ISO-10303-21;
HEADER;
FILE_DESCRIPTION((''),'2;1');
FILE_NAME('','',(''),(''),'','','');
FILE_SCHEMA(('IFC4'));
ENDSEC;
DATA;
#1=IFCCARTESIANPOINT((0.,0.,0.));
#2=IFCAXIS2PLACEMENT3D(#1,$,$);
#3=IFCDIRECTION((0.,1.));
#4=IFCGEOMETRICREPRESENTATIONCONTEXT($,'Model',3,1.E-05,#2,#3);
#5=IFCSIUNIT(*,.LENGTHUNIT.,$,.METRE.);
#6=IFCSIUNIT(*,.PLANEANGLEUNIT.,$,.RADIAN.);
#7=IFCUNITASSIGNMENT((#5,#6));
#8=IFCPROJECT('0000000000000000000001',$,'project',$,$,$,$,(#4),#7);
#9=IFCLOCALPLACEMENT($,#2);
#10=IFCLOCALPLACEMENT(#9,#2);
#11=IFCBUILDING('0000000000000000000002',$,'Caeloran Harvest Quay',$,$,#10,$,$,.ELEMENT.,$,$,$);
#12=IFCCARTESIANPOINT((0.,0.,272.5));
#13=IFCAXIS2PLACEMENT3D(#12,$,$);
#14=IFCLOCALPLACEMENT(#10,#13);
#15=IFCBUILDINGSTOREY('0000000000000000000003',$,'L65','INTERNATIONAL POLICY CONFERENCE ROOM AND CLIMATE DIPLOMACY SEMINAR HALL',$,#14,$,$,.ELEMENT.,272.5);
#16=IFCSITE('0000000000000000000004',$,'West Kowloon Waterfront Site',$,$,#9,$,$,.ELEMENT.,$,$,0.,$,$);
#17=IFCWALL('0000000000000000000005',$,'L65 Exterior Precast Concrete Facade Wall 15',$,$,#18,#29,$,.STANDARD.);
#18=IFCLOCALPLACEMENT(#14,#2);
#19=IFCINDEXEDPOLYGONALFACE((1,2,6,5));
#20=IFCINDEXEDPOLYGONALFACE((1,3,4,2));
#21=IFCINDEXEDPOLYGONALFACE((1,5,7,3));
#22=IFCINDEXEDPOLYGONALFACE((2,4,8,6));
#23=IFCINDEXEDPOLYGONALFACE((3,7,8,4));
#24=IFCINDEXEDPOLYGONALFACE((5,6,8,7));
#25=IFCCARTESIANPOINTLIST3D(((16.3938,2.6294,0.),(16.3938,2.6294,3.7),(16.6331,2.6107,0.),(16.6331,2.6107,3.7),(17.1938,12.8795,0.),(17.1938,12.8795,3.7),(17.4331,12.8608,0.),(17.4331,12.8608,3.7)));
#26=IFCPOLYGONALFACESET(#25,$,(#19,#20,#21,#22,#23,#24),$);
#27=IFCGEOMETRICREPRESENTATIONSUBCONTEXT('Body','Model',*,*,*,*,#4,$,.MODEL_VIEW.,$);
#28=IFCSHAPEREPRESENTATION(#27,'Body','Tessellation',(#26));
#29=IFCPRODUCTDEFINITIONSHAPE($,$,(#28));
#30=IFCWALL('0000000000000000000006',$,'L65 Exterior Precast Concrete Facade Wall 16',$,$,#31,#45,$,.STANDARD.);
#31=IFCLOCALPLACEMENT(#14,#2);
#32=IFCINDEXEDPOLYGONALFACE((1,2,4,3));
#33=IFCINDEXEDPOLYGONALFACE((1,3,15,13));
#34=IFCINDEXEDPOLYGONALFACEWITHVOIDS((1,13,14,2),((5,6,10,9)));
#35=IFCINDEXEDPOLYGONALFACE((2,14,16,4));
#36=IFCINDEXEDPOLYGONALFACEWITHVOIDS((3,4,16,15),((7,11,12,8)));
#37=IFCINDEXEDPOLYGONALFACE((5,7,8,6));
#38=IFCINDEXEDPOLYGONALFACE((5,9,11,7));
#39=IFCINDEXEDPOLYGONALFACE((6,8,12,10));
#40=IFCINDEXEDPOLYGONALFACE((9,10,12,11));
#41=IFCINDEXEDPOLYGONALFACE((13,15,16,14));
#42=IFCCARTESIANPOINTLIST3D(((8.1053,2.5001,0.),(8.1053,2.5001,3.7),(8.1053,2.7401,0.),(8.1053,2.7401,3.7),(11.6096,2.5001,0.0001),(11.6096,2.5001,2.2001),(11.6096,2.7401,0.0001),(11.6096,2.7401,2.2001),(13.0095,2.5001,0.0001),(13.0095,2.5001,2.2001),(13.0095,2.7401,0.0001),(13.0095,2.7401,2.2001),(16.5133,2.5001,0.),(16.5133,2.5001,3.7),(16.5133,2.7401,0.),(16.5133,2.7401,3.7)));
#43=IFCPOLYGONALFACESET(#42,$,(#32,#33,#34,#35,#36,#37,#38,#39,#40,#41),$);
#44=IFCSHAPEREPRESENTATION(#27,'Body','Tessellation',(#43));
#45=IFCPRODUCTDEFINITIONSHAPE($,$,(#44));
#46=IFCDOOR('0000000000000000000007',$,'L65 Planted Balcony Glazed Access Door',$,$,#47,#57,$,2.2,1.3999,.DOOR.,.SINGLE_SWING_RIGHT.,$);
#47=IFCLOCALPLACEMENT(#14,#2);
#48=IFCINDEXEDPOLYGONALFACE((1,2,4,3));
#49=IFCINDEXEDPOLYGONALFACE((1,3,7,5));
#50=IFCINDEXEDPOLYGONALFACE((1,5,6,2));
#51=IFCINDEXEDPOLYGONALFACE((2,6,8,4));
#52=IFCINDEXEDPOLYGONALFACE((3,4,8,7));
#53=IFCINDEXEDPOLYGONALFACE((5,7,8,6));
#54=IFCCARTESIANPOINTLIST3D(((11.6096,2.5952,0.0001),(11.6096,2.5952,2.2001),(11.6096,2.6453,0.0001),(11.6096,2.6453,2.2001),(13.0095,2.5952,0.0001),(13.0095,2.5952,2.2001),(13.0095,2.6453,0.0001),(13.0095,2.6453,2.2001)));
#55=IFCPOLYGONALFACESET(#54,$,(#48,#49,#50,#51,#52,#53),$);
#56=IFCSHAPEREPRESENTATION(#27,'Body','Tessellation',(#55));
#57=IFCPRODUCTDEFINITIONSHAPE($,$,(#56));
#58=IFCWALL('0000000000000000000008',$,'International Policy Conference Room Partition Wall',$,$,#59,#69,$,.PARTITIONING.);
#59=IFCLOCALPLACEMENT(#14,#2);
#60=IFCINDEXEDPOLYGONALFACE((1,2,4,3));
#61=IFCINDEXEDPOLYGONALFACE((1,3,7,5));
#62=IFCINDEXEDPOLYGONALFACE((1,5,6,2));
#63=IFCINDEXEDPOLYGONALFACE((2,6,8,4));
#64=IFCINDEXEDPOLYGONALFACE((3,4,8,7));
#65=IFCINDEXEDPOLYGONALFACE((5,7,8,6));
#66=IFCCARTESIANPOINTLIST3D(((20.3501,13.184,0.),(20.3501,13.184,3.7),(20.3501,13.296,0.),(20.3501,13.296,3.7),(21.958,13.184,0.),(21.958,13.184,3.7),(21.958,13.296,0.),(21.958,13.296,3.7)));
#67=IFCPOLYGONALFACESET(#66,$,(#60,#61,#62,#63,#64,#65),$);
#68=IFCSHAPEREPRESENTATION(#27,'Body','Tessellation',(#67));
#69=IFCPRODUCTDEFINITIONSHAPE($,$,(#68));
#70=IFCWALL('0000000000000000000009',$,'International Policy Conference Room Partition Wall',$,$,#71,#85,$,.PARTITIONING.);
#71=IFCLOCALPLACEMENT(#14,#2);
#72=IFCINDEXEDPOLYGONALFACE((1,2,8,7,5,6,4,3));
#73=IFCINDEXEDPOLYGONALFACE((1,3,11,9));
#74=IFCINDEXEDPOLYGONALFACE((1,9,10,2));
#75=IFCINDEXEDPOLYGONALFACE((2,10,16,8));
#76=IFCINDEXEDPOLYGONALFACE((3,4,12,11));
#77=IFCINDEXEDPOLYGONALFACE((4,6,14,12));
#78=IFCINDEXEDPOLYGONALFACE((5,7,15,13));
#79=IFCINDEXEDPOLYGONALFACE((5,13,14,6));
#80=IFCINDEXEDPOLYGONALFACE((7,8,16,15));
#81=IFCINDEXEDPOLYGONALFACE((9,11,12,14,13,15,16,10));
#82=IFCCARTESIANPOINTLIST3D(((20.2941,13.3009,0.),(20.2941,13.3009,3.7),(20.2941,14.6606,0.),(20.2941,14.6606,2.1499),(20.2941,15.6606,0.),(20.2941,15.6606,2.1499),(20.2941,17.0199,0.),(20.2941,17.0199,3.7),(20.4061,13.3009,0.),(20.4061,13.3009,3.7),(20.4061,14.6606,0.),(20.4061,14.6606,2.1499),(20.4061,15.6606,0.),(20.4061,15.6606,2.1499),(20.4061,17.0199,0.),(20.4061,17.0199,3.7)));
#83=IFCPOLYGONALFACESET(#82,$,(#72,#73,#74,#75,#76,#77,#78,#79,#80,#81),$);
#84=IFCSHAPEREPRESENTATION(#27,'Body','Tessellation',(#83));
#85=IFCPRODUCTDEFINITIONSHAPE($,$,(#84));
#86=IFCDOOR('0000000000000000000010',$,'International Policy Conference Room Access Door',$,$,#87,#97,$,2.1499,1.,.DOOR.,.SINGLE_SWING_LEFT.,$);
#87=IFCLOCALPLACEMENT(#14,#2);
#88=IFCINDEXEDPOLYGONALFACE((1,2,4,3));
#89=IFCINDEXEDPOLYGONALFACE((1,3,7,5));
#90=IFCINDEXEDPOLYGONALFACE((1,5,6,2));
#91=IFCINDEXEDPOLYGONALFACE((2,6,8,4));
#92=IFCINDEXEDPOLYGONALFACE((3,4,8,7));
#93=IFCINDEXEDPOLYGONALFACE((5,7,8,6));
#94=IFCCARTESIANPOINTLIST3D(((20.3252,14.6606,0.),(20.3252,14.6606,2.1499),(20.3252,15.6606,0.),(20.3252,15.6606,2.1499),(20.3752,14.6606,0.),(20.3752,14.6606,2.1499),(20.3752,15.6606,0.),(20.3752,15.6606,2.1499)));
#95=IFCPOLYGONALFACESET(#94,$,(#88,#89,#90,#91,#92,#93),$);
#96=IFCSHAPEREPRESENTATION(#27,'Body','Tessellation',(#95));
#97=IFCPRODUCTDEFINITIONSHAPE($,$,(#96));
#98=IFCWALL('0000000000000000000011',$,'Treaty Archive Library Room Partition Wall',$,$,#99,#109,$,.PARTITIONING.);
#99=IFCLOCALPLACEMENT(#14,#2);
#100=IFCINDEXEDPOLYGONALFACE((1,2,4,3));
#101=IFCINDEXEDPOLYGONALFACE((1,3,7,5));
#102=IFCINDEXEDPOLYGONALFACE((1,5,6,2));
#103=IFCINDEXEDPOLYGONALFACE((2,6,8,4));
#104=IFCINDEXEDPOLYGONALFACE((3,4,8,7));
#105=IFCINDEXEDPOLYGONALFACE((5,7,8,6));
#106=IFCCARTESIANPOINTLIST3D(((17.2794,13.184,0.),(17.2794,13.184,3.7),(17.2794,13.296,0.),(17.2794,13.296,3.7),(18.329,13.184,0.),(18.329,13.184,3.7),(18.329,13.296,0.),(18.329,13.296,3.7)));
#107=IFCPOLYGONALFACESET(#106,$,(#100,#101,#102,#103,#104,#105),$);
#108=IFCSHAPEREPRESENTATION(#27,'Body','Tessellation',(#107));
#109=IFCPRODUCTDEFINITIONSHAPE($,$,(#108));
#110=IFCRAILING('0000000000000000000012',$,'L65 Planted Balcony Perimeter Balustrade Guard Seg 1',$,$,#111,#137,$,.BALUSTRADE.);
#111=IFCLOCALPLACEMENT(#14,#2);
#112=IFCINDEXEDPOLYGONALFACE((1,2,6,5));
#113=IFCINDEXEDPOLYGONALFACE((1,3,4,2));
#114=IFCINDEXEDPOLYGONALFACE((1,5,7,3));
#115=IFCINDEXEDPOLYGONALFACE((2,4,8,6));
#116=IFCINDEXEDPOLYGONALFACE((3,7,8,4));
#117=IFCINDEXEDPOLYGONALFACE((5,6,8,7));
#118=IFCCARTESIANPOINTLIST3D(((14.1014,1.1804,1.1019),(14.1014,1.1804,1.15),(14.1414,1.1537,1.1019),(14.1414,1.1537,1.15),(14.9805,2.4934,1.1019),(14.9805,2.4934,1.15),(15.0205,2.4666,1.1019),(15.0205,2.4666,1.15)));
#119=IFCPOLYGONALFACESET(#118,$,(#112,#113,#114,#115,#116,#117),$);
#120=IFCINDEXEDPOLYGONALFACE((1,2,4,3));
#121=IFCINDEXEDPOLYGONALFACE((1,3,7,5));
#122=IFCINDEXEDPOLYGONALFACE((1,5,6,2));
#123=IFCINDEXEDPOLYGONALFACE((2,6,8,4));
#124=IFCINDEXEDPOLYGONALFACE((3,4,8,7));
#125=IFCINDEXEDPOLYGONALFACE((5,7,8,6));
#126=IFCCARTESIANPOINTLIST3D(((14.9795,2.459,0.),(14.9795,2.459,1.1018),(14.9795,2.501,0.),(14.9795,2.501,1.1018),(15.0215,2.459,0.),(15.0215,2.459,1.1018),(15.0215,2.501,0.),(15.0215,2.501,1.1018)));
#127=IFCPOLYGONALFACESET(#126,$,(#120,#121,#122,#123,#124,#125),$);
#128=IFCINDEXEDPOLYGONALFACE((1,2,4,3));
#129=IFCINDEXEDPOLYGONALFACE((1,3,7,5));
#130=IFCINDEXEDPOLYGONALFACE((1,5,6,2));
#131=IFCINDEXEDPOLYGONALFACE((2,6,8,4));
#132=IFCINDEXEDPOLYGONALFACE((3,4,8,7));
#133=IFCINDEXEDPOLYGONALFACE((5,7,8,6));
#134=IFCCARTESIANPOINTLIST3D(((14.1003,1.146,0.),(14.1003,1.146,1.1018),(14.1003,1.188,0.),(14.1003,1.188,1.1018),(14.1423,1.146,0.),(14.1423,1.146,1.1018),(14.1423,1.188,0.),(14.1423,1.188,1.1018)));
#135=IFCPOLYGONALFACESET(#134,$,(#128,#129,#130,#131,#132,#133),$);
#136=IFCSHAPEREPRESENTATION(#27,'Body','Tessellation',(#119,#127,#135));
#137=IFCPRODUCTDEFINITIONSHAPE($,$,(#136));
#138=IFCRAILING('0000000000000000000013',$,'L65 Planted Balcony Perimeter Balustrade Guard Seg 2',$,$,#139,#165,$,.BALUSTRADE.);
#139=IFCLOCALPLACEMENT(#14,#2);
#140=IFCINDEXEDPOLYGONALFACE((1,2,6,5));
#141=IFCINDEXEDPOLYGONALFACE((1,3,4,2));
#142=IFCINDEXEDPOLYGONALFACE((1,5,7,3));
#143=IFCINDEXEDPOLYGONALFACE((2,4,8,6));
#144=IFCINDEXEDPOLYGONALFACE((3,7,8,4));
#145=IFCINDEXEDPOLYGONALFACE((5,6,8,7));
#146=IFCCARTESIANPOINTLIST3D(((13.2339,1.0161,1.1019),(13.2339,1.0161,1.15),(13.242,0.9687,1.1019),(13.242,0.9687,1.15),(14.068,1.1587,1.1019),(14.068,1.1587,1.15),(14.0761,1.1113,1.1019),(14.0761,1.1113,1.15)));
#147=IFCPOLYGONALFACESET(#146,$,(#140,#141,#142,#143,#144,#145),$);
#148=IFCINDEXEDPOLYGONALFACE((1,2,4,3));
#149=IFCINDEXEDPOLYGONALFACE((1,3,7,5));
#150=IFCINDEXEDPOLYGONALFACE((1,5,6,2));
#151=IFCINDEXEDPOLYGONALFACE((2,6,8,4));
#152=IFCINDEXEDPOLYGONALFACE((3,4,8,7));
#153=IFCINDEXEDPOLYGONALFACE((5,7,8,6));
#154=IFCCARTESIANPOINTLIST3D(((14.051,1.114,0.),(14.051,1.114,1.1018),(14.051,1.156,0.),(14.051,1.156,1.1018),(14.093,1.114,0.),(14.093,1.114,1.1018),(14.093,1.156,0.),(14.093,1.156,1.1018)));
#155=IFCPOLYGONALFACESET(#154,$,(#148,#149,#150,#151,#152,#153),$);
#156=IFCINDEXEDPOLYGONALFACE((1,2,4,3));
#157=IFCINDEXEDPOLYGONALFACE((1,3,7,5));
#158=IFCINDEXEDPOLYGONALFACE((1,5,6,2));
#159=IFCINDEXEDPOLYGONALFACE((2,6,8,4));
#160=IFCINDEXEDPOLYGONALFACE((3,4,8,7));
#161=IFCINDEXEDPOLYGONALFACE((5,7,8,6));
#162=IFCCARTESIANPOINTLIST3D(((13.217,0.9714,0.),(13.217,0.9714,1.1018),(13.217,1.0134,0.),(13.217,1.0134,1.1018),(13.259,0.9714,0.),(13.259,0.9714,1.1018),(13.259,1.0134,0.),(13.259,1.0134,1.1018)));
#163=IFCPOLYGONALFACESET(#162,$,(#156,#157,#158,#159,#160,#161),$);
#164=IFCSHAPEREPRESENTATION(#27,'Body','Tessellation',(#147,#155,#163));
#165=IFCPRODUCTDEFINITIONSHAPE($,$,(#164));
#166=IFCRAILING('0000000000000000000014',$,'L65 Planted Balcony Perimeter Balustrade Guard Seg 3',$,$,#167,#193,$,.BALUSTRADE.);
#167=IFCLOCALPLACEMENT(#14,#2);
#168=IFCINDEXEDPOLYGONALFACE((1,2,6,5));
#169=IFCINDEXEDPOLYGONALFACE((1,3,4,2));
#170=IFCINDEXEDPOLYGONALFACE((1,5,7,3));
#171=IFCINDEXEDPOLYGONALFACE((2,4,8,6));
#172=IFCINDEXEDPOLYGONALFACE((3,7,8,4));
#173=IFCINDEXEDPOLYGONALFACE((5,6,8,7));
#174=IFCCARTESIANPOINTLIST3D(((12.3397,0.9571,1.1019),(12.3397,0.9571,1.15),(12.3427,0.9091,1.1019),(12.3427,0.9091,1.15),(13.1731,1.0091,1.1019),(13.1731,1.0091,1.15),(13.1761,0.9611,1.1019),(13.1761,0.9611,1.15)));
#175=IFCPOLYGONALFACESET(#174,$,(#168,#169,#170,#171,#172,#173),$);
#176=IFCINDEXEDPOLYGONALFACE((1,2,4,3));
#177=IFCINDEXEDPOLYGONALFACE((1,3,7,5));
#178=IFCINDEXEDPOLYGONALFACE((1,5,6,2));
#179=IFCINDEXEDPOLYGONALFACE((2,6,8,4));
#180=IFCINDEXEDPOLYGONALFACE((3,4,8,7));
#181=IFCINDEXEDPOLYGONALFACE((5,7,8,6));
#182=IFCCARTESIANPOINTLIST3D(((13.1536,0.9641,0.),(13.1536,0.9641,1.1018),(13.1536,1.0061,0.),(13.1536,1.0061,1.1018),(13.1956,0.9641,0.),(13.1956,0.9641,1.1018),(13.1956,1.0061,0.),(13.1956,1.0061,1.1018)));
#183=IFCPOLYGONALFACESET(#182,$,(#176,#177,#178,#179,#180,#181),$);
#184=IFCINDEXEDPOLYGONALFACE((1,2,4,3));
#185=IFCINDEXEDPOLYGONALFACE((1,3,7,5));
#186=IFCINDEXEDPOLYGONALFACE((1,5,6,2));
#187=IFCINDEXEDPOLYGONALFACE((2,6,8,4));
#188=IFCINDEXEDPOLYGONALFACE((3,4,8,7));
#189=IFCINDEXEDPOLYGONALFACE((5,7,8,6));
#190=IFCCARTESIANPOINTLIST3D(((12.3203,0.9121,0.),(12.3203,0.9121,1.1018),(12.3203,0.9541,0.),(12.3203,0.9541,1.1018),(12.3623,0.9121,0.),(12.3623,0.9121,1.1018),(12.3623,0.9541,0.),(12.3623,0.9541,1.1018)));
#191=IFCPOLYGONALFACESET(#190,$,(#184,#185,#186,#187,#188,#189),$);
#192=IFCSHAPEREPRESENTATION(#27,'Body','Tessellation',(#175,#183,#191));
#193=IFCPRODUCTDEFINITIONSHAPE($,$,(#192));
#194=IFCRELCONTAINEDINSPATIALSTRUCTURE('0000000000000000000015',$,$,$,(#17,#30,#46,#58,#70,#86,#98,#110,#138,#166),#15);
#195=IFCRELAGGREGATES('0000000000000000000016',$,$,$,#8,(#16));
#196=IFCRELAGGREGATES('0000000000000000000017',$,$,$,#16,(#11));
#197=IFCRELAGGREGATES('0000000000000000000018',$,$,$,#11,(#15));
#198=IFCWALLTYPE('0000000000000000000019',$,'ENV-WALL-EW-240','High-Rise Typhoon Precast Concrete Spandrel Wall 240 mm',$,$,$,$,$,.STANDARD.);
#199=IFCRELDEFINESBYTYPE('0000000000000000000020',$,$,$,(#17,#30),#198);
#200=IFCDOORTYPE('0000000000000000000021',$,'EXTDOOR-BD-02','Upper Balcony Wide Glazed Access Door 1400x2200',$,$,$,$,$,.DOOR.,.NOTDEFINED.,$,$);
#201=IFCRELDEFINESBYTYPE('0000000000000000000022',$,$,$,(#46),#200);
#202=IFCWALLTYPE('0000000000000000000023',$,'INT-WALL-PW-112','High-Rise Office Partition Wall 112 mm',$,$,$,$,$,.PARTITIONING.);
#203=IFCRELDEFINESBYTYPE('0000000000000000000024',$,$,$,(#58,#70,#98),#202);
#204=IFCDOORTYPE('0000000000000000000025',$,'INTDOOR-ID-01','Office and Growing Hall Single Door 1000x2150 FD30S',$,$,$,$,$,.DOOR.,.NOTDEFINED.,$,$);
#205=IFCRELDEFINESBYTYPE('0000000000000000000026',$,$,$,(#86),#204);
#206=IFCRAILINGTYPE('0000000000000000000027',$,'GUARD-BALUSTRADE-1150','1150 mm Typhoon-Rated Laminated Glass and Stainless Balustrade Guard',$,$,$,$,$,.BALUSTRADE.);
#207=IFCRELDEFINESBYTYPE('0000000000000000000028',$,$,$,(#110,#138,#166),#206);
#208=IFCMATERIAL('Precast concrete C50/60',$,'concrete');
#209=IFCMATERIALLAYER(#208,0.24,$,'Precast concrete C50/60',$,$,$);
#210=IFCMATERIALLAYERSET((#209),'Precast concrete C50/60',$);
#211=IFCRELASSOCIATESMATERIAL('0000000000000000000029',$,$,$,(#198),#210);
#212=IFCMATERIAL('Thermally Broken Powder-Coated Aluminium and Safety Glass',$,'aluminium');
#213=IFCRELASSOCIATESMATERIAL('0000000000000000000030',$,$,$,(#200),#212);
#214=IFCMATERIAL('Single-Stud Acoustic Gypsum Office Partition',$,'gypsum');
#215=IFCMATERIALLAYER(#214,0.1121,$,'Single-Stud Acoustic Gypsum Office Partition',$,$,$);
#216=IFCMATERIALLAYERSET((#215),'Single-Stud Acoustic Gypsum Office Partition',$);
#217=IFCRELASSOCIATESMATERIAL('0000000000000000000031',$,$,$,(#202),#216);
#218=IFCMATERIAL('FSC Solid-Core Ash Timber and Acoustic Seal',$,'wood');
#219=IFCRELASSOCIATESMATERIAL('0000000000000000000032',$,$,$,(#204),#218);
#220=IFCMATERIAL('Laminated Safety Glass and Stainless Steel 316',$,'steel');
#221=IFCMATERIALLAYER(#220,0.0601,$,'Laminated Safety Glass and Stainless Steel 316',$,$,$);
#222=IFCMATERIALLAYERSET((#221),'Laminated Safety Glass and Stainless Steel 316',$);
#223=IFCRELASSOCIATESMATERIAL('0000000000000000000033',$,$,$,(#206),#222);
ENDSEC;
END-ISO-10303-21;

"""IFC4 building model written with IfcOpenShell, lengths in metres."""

from ifc_helpers import new_model, si_unit, direction, frame, frame_2d, origin, origin_2d, place, context, subcontext, project, spatial, rectangle, extrude, material, layer, layer_set, type_object, element, fill, save


model = new_model("IFC4")

# Units and contexts
model_context = context("Model", 3, precision=1e-05, world=origin(), true_north=direction((0.0, 1.0)))
body_context = subcontext(model_context, "Body", "Model", "MODEL_VIEW")
ifc_project = project(units=[si_unit("LENGTHUNIT", "METRE"), si_unit("PLANEANGLEUNIT", "RADIAN")], contexts=[model_context])

# Site, building, storey
site_placement = place(None, origin())
site = spatial("IfcSite", under=ifc_project, at=site_placement, Name="West Kowloon Waterfront Site", CompositionType="ELEMENT", RefElevation=0.0)
building_placement = place(site_placement, origin())
building = spatial("IfcBuilding", under=site, at=building_placement, Name="Caeloran Harvest Quay", CompositionType="ELEMENT")
storey_placement = place(building_placement, frame((0.0, 0.0, 272.5)))
storey = spatial("IfcBuildingStorey", under=building, at=storey_placement, Name="L65", Description="INTERNATIONAL POLICY CONFERENCE ROOM AND CLIMATE DIPLOMACY SEMINAR HALL", CompositionType="ELEMENT", Elevation=272.5)

# Shared definitions
ifc_material_1 = material(Name="Precast concrete C50/60", Category="concrete")

# Shared definitions
ifc_layer_1 = layer(ifc_material_1, 0.24, Name="Precast concrete C50/60")
ifc_layer_set_1 = layer_set([ifc_layer_1], Name="Precast concrete C50/60")
wall_type_1 = type_object("IfcWallType", Name="ENV-WALL-EW-240", Description="High-Rise Typhoon Precast Concrete Spandrel Wall 240 mm", PredefinedType="STANDARD", material=ifc_layer_set_1)

# Wall
wall_1_placement = place(storey_placement, frame((17.3135, 12.8701, 0.0), z_axis=(0.0, 0.0, 1.0), x_axis=(-0.077817, -0.996968, 0.0)))
element("IfcWall", 1, at=wall_1_placement, inside=storey, type_object=wall_type_1, Name="L65 Exterior Precast Concrete Facade Wall 15", PredefinedType="STANDARD", context=body_context, shape_type="SweptSolid", body=[
    extrude(rectangle(XDim=10.2812, YDim=0.24, at=frame_2d((5.1406, 0.0))), origin(), (0.0, 0.0, 1.0), 3.7),
])

# Wall, opening, door
wall_2_placement = place(storey_placement, frame((16.5134, 2.6201, 0.0), z_axis=(0.0, 0.0, 1.0), x_axis=(-1.0, 0.0, 0.0)))
wall_2 = element("IfcWall", 2, at=wall_2_placement, inside=storey, type_object=wall_type_1, Name="L65 Exterior Precast Concrete Facade Wall 16", PredefinedType="STANDARD", context=body_context, shape_type="SweptSolid", body=[
    extrude(rectangle(XDim=8.408, YDim=0.24, at=frame_2d((4.2041, 0.0))), origin(), (0.0, 0.0, 1.0), 3.7),
])
opening_1_placement = place(wall_2_placement, frame((3.5039, 0.0, 0.0)))
opening_1 = element("IfcOpeningElement", 3, at=opening_1_placement, cuts=wall_2, PredefinedType="OPENING", context=body_context, shape_type="SweptSolid", body=[
    extrude(rectangle(XDim=1.3999, YDim=2.2, at=frame_2d((0.7, 1.1001))), frame((0.0, 0.1299, 0.0), z_axis=(0.0, -1.0, 0.0), x_axis=(1.0, 0.0, 0.0)), (0.0, 0.0, 1.0), 0.26),
])
ifc_material_2 = material(Name="Thermally Broken Powder-Coated Aluminium and Safety Glass", Category="aluminium")
door_type_1 = type_object("IfcDoorType", Name="EXTDOOR-BD-02", Description="Upper Balcony Wide Glazed Access Door 1400x2200", OperationType="NOTDEFINED", PredefinedType="DOOR", material=ifc_material_2)
door_1_placement = place(opening_1_placement, origin())
door_1 = element("IfcDoor", 4, at=door_1_placement, inside=storey, type_object=door_type_1, Name="L65 Planted Balcony Glazed Access Door", OperationType="SINGLE_SWING_RIGHT", OverallHeight=2.2, OverallWidth=1.3999, PredefinedType="DOOR", context=body_context, shape_type="SweptSolid", body=[
    extrude(rectangle(XDim=1.3999, YDim=2.2, at=frame_2d((0.7, 1.1001))), frame((0.0, 0.0249, 0.0), z_axis=(0.0, -1.0, 0.0), x_axis=(1.0, 0.0, 0.0)), (0.0, 0.0, 1.0), 0.05),
])
fill(opening_1, door_1)

# Wall
ifc_material_3 = material(Name="Single-Stud Acoustic Gypsum Office Partition", Category="gypsum")
ifc_layer_2 = layer(ifc_material_3, 0.1121, Name="Single-Stud Acoustic Gypsum Office Partition")
ifc_layer_set_2 = layer_set([ifc_layer_2], Name="Single-Stud Acoustic Gypsum Office Partition")
wall_type_2 = type_object("IfcWallType", Name="INT-WALL-PW-112", Description="High-Rise Office Partition Wall 112 mm", PredefinedType="PARTITIONING", material=ifc_layer_set_2)
wall_3_placement = place(storey_placement, frame((21.958, 13.24, 0.0), z_axis=(0.0, 0.0, 1.0), x_axis=(-1.0, 0.0, 0.0)))
element("IfcWall", 5, at=wall_3_placement, inside=storey, type_object=wall_type_2, Name="International Policy Conference Room Partition Wall", PredefinedType="PARTITIONING", context=body_context, shape_type="SweptSolid", body=[
    extrude(rectangle(XDim=1.6079, YDim=0.1121, at=frame_2d((0.804, 0.0))), origin(), (0.0, 0.0, 1.0), 3.7),
])

# Wall, opening, door
wall_4_placement = place(storey_placement, frame((20.3501, 13.301, 0.0), z_axis=(0.0, 0.0, 1.0), x_axis=(0.0, 1.0, 0.0)))
wall_4 = element("IfcWall", 6, at=wall_4_placement, inside=storey, type_object=wall_type_2, Name="International Policy Conference Room Partition Wall", PredefinedType="PARTITIONING", context=body_context, shape_type="SweptSolid", body=[
    extrude(rectangle(XDim=3.719, YDim=0.1121, at=frame_2d((1.8594, 0.0))), origin(), (0.0, 0.0, 1.0), 3.7),
])
opening_2_placement = place(wall_4_placement, frame((1.3596, 0.0, 0.0)))
opening_2 = element("IfcOpeningElement", 7, at=opening_2_placement, cuts=wall_4, PredefinedType="OPENING", context=body_context, shape_type="SweptSolid", body=[
    extrude(rectangle(XDim=1.0, YDim=2.1499, at=frame_2d((0.5, 1.075))), frame((0.0, 0.0659, 0.0), z_axis=(0.0, -1.0, 0.0), x_axis=(1.0, 0.0, 0.0)), (0.0, 0.0, 1.0), 0.1321),
])
ifc_material_4 = material(Name="FSC Solid-Core Ash Timber and Acoustic Seal", Category="wood")
door_type_2 = type_object("IfcDoorType", Name="INTDOOR-ID-01", Description="Office and Growing Hall Single Door 1000x2150 FD30S", OperationType="NOTDEFINED", PredefinedType="DOOR", material=ifc_material_4)
door_2_placement = place(opening_2_placement, origin())
door_2 = element("IfcDoor", 8, at=door_2_placement, inside=storey, type_object=door_type_2, Name="International Policy Conference Room Access Door", OperationType="SINGLE_SWING_LEFT", OverallHeight=2.1499, OverallWidth=1.0, PredefinedType="DOOR", context=body_context, shape_type="SweptSolid", body=[
    extrude(rectangle(XDim=1.0, YDim=2.1499, at=frame_2d((0.5, 1.075))), frame((0.0, 0.0249, 0.0), z_axis=(0.0, -1.0, 0.0), x_axis=(1.0, 0.0, 0.0)), (0.0, 0.0, 1.0), 0.05),
])
fill(opening_2, door_2)

# Wall
wall_5_placement = place(storey_placement, frame((18.3291, 13.24, 0.0), z_axis=(0.0, 0.0, 1.0), x_axis=(-1.0, 0.0, 0.0)))
element("IfcWall", 9, at=wall_5_placement, inside=storey, type_object=wall_type_2, Name="Treaty Archive Library Room Partition Wall", PredefinedType="PARTITIONING", context=body_context, shape_type="SweptSolid", body=[
    extrude(rectangle(XDim=1.0496, YDim=0.1121, at=frame_2d((0.5249, 0.0))), origin(), (0.0, 0.0, 1.0), 3.7),
])

# Railings
ifc_material_5 = material(Name="Laminated Safety Glass and Stainless Steel 316", Category="steel")
ifc_layer_3 = layer(ifc_material_5, 0.0601, Name="Laminated Safety Glass and Stainless Steel 316")
ifc_layer_set_3 = layer_set([ifc_layer_3], Name="Laminated Safety Glass and Stainless Steel 316")
railing_type = type_object("IfcRailingType", Name="GUARD-BALUSTRADE-1150", Description="1150 mm Typhoon-Rated Laminated Glass and Stainless Balustrade Guard", PredefinedType="BALUSTRADE", material=ifc_layer_set_3)
railing_1_placement = place(storey_placement, frame((15.0005, 2.48, 0.0)))
element("IfcRailing", 10, at=railing_1_placement, inside=storey, type_object=railing_type, Name="L65 Planted Balcony Perimeter Balustrade Guard Seg 1", PredefinedType="BALUSTRADE", context=body_context, shape_type="SweptSolid", body=[
    extrude(rectangle(XDim=0.0481, YDim=0.0481, at=origin_2d()), frame((0.0, 0.0, 1.126), z_axis=(-0.556375, -0.830931, 0.0), x_axis=(0.830931, -0.556375, 0.0)), (0.0, 0.0, 1.0), 1.5801),
    extrude(rectangle(XDim=0.042, YDim=0.042, at=origin_2d()), origin(), (0.0, 0.0, 1.0), 1.1018),
    extrude(rectangle(XDim=0.042, YDim=0.042, at=origin_2d()), frame((-0.8792, -1.313, 0.0)), (0.0, 0.0, 1.0), 1.1018),
])
railing_2_placement = place(storey_placement, frame((14.072, 1.135, 0.0)))
element("IfcRailing", 11, at=railing_2_placement, inside=storey, type_object=railing_type, Name="L65 Planted Balcony Perimeter Balustrade Guard Seg 2", PredefinedType="BALUSTRADE", context=body_context, shape_type="SweptSolid", body=[
    extrude(rectangle(XDim=0.0481, YDim=0.0481, at=origin_2d()), frame((0.0, 0.0, 1.126), z_axis=(-0.985699, -0.168515, 0.0), x_axis=(0.168515, -0.985699, 0.0)), (0.0, 0.0, 1.0), 0.8462),
    extrude(rectangle(XDim=0.042, YDim=0.042, at=origin_2d()), origin(), (0.0, 0.0, 1.0), 1.1018),
    extrude(rectangle(XDim=0.042, YDim=0.042, at=origin_2d()), frame((-0.834, -0.1426, 0.0)), (0.0, 0.0, 1.0), 1.1018),
])
railing_3_placement = place(storey_placement, frame((13.1746, 0.9851, 0.0)))
element("IfcRailing", 12, at=railing_3_placement, inside=storey, type_object=railing_type, Name="L65 Planted Balcony Perimeter Balustrade Guard Seg 3", PredefinedType="BALUSTRADE", context=body_context, shape_type="SweptSolid", body=[
    extrude(rectangle(XDim=0.0481, YDim=0.0481, at=origin_2d()), frame((0.0, 0.0, 1.126), z_axis=(-0.998058, -0.062287, 0.0), x_axis=(0.062287, -0.998058, 0.0)), (0.0, 0.0, 1.0), 0.835),
    extrude(rectangle(XDim=0.042, YDim=0.042, at=origin_2d()), origin(), (0.0, 0.0, 1.0), 1.1018),
    extrude(rectangle(XDim=0.042, YDim=0.042, at=origin_2d()), frame((-0.8333, -0.052, 0.0)), (0.0, 0.0, 1.0), 1.1018),
])

save(model, "model.ifc")
